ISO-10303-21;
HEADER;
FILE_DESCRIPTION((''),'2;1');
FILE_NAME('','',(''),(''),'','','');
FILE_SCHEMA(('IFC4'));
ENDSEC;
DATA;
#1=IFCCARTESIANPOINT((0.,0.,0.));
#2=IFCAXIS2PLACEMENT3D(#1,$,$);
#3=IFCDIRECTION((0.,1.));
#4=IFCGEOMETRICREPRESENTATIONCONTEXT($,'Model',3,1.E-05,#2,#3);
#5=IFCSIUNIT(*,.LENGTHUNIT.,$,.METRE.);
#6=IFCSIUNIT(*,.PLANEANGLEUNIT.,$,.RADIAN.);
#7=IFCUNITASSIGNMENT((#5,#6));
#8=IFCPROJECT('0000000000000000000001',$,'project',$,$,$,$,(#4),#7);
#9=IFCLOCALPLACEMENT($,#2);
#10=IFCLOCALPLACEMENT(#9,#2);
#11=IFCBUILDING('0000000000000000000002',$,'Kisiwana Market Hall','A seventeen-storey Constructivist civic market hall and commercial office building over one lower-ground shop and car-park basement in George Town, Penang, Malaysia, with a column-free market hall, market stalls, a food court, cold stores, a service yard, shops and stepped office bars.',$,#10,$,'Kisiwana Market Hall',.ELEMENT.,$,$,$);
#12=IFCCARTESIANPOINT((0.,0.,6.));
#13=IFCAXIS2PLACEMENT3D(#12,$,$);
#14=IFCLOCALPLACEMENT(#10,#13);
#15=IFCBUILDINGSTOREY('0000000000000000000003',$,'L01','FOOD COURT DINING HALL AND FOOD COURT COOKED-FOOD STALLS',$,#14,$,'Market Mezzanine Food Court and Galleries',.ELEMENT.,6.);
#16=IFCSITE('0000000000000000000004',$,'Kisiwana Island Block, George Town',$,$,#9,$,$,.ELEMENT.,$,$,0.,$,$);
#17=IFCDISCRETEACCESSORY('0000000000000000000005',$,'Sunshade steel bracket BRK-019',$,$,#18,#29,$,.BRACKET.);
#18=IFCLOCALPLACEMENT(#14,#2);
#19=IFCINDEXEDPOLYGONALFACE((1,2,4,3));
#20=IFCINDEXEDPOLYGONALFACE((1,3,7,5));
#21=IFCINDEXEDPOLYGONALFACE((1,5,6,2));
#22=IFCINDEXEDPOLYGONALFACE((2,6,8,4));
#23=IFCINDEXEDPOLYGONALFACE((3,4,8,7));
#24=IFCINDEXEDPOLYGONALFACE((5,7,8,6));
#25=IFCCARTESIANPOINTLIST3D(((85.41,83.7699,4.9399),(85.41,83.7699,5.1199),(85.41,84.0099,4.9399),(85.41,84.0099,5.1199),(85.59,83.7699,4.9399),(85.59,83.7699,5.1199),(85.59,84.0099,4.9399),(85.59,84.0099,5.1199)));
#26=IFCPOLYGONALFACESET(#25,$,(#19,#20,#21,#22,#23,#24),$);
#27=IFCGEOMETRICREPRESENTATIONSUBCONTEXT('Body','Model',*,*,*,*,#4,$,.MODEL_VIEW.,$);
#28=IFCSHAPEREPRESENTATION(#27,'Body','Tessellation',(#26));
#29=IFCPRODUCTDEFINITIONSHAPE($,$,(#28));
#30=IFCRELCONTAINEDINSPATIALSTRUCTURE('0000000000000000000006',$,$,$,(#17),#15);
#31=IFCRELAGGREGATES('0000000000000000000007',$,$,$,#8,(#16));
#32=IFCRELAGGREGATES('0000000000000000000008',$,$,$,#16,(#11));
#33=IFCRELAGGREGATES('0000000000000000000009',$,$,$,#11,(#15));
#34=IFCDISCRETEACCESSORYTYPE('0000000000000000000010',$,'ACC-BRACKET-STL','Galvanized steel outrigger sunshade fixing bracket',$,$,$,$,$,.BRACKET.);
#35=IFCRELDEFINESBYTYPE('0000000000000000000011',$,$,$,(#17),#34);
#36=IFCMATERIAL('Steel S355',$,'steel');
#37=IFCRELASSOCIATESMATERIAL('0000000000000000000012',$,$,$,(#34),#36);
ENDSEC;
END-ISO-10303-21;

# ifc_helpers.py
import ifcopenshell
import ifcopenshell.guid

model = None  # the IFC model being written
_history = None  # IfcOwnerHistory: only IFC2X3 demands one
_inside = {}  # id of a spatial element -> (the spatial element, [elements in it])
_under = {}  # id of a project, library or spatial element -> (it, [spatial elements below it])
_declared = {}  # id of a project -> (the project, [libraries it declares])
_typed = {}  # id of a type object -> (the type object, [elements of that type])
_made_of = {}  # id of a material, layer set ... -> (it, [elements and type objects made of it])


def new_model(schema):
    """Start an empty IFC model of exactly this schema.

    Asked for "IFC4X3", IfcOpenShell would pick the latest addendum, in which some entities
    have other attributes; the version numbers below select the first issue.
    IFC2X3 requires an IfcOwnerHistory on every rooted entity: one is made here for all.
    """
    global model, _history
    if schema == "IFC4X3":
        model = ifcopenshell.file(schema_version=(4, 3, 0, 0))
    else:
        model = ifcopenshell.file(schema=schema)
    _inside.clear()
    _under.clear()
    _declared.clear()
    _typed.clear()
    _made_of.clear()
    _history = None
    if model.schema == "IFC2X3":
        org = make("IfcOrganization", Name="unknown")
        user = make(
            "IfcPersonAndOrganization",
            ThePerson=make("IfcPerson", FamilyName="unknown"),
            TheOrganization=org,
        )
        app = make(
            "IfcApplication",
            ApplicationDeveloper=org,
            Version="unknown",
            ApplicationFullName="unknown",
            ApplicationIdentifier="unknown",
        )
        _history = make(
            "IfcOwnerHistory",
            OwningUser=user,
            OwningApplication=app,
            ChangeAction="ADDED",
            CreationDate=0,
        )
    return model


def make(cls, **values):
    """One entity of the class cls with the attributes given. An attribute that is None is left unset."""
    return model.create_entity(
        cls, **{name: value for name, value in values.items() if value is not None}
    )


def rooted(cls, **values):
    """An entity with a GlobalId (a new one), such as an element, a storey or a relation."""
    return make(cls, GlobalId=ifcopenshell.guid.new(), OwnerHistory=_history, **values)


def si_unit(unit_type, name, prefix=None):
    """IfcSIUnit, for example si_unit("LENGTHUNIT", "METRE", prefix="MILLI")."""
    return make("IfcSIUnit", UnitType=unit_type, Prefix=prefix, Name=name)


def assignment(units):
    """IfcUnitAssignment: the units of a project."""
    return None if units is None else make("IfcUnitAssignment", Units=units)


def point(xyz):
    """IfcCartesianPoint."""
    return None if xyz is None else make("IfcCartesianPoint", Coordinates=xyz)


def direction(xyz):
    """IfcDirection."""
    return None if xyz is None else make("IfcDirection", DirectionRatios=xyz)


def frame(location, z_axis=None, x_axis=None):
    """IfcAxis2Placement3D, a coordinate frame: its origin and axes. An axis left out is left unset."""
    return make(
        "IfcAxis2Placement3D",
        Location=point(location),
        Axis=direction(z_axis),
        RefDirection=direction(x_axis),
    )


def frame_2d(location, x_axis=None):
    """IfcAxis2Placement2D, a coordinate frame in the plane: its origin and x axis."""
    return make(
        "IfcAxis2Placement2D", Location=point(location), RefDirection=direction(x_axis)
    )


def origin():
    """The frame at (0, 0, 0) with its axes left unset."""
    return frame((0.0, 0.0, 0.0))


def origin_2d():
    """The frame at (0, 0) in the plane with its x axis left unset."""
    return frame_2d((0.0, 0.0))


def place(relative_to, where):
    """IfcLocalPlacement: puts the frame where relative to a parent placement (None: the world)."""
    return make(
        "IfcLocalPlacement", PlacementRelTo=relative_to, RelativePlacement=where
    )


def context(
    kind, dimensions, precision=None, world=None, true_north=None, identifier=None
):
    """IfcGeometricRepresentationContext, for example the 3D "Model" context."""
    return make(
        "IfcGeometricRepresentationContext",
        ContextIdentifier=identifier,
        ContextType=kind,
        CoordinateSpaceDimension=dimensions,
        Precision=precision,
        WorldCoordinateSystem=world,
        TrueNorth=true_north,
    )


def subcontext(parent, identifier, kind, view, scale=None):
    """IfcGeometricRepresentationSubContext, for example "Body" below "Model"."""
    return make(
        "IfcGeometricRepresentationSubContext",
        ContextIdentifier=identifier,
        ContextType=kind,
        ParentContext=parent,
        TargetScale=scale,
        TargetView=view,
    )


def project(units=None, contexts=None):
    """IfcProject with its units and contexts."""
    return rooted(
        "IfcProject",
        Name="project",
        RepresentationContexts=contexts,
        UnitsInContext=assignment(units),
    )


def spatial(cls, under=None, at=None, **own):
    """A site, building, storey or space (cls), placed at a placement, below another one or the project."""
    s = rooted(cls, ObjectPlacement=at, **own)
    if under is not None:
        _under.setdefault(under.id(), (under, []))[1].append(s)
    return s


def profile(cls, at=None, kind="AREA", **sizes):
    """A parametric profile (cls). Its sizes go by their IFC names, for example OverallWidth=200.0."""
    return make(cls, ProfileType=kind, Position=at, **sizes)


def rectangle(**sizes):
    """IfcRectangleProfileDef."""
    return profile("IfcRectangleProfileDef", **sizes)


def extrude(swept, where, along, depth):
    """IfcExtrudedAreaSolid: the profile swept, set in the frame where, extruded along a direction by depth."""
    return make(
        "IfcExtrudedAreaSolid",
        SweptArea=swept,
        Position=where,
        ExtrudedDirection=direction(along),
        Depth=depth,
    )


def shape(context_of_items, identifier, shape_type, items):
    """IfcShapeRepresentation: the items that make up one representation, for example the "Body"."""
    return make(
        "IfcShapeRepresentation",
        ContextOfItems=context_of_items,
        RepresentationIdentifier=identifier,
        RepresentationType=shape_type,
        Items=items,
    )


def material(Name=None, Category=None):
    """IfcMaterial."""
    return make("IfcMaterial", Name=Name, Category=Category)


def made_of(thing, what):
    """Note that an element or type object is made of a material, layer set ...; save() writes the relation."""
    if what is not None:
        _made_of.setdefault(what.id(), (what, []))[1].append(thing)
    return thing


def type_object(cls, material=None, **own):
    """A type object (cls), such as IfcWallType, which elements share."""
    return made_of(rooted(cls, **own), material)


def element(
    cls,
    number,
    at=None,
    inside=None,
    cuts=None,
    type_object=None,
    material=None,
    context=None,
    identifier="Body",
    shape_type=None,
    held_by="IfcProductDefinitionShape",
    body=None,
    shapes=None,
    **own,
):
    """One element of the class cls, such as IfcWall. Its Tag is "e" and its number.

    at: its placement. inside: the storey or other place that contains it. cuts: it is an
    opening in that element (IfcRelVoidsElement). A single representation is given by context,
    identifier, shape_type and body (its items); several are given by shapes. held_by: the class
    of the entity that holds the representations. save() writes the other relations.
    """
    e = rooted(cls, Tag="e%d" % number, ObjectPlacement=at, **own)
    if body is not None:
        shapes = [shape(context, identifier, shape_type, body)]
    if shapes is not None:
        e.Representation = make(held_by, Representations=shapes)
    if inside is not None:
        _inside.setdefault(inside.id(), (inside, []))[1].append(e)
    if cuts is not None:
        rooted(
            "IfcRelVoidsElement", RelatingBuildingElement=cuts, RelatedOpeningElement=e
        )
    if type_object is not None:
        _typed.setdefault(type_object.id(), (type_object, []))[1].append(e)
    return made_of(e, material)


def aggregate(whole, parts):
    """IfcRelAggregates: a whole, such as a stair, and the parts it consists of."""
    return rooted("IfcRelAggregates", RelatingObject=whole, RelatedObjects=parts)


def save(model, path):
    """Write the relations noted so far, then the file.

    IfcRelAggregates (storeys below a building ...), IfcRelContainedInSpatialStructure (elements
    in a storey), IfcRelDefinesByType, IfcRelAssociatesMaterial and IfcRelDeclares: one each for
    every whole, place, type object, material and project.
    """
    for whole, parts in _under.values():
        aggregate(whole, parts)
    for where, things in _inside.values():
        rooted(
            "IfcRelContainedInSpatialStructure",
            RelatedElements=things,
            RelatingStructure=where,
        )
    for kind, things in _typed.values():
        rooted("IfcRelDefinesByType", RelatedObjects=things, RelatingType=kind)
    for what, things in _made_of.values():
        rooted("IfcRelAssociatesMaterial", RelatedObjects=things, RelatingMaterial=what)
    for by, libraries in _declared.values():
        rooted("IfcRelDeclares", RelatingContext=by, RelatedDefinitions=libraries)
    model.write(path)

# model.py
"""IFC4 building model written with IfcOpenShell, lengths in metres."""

from ifc_helpers import new_model, si_unit, direction, frame, origin, origin_2d, place, context, subcontext, project, spatial, rectangle, extrude, material, type_object, element, save


model = new_model("IFC4")

# Units and contexts
model_context = context("Model", 3, precision=1e-05, world=origin(), true_north=direction((0.0, 1.0)))
body_context = subcontext(model_context, "Body", "Model", "MODEL_VIEW")
ifc_project = project(units=[si_unit("LENGTHUNIT", "METRE"), si_unit("PLANEANGLEUNIT", "RADIAN")], contexts=[model_context])

# Site, building, storey
site_placement = place(None, origin())
site = spatial("IfcSite", under=ifc_project, at=site_placement, Name="Kisiwana Island Block, George Town", CompositionType="ELEMENT", RefElevation=0.0)
building_placement = place(site_placement, origin())
building = spatial("IfcBuilding", under=site, at=building_placement, Name="Kisiwana Market Hall", Description="A seventeen-storey Constructivist civic market hall and commercial office building over one lower-ground shop and car-park basement in George Town, Penang, Malaysia, with a column-free market hall, market stalls, a food court, cold stores, a service yard, shops and stepped office bars.", LongName="Kisiwana Market Hall", CompositionType="ELEMENT")
storey_placement = place(building_placement, frame((0.0, 0.0, 6.0)))
storey = spatial("IfcBuildingStorey", under=building, at=storey_placement, Name="L01", Description="FOOD COURT DINING HALL AND FOOD COURT COOKED-FOOD STALLS", LongName="Market Mezzanine Food Court and Galleries", CompositionType="ELEMENT", Elevation=6.0)

# Discrete accessory
ifc_material_1 = material(Name="Steel S355", Category="steel")
discrete_accessory_type = type_object("IfcDiscreteAccessoryType", Name="ACC-BRACKET-STL", Description="Galvanized steel outrigger sunshade fixing bracket", PredefinedType="BRACKET", material=ifc_material_1)
discrete_accessory_placement = place(storey_placement, frame((85.5, 83.8899, 4.9399), z_axis=(0.0, 0.0, 1.0), x_axis=(1.0, 0.0, 0.0)))
element("IfcDiscreteAccessory", 1, at=discrete_accessory_placement, inside=storey, type_object=discrete_accessory_type, Name="Sunshade steel bracket BRK-019", PredefinedType="BRACKET", context=body_context, shape_type="SweptSolid", body=[
    extrude(rectangle(XDim=0.1799, YDim=0.24, at=origin_2d()), origin(), (0.0, 0.0, 1.0), 0.1799),
])

save(model, "model.ifc")
